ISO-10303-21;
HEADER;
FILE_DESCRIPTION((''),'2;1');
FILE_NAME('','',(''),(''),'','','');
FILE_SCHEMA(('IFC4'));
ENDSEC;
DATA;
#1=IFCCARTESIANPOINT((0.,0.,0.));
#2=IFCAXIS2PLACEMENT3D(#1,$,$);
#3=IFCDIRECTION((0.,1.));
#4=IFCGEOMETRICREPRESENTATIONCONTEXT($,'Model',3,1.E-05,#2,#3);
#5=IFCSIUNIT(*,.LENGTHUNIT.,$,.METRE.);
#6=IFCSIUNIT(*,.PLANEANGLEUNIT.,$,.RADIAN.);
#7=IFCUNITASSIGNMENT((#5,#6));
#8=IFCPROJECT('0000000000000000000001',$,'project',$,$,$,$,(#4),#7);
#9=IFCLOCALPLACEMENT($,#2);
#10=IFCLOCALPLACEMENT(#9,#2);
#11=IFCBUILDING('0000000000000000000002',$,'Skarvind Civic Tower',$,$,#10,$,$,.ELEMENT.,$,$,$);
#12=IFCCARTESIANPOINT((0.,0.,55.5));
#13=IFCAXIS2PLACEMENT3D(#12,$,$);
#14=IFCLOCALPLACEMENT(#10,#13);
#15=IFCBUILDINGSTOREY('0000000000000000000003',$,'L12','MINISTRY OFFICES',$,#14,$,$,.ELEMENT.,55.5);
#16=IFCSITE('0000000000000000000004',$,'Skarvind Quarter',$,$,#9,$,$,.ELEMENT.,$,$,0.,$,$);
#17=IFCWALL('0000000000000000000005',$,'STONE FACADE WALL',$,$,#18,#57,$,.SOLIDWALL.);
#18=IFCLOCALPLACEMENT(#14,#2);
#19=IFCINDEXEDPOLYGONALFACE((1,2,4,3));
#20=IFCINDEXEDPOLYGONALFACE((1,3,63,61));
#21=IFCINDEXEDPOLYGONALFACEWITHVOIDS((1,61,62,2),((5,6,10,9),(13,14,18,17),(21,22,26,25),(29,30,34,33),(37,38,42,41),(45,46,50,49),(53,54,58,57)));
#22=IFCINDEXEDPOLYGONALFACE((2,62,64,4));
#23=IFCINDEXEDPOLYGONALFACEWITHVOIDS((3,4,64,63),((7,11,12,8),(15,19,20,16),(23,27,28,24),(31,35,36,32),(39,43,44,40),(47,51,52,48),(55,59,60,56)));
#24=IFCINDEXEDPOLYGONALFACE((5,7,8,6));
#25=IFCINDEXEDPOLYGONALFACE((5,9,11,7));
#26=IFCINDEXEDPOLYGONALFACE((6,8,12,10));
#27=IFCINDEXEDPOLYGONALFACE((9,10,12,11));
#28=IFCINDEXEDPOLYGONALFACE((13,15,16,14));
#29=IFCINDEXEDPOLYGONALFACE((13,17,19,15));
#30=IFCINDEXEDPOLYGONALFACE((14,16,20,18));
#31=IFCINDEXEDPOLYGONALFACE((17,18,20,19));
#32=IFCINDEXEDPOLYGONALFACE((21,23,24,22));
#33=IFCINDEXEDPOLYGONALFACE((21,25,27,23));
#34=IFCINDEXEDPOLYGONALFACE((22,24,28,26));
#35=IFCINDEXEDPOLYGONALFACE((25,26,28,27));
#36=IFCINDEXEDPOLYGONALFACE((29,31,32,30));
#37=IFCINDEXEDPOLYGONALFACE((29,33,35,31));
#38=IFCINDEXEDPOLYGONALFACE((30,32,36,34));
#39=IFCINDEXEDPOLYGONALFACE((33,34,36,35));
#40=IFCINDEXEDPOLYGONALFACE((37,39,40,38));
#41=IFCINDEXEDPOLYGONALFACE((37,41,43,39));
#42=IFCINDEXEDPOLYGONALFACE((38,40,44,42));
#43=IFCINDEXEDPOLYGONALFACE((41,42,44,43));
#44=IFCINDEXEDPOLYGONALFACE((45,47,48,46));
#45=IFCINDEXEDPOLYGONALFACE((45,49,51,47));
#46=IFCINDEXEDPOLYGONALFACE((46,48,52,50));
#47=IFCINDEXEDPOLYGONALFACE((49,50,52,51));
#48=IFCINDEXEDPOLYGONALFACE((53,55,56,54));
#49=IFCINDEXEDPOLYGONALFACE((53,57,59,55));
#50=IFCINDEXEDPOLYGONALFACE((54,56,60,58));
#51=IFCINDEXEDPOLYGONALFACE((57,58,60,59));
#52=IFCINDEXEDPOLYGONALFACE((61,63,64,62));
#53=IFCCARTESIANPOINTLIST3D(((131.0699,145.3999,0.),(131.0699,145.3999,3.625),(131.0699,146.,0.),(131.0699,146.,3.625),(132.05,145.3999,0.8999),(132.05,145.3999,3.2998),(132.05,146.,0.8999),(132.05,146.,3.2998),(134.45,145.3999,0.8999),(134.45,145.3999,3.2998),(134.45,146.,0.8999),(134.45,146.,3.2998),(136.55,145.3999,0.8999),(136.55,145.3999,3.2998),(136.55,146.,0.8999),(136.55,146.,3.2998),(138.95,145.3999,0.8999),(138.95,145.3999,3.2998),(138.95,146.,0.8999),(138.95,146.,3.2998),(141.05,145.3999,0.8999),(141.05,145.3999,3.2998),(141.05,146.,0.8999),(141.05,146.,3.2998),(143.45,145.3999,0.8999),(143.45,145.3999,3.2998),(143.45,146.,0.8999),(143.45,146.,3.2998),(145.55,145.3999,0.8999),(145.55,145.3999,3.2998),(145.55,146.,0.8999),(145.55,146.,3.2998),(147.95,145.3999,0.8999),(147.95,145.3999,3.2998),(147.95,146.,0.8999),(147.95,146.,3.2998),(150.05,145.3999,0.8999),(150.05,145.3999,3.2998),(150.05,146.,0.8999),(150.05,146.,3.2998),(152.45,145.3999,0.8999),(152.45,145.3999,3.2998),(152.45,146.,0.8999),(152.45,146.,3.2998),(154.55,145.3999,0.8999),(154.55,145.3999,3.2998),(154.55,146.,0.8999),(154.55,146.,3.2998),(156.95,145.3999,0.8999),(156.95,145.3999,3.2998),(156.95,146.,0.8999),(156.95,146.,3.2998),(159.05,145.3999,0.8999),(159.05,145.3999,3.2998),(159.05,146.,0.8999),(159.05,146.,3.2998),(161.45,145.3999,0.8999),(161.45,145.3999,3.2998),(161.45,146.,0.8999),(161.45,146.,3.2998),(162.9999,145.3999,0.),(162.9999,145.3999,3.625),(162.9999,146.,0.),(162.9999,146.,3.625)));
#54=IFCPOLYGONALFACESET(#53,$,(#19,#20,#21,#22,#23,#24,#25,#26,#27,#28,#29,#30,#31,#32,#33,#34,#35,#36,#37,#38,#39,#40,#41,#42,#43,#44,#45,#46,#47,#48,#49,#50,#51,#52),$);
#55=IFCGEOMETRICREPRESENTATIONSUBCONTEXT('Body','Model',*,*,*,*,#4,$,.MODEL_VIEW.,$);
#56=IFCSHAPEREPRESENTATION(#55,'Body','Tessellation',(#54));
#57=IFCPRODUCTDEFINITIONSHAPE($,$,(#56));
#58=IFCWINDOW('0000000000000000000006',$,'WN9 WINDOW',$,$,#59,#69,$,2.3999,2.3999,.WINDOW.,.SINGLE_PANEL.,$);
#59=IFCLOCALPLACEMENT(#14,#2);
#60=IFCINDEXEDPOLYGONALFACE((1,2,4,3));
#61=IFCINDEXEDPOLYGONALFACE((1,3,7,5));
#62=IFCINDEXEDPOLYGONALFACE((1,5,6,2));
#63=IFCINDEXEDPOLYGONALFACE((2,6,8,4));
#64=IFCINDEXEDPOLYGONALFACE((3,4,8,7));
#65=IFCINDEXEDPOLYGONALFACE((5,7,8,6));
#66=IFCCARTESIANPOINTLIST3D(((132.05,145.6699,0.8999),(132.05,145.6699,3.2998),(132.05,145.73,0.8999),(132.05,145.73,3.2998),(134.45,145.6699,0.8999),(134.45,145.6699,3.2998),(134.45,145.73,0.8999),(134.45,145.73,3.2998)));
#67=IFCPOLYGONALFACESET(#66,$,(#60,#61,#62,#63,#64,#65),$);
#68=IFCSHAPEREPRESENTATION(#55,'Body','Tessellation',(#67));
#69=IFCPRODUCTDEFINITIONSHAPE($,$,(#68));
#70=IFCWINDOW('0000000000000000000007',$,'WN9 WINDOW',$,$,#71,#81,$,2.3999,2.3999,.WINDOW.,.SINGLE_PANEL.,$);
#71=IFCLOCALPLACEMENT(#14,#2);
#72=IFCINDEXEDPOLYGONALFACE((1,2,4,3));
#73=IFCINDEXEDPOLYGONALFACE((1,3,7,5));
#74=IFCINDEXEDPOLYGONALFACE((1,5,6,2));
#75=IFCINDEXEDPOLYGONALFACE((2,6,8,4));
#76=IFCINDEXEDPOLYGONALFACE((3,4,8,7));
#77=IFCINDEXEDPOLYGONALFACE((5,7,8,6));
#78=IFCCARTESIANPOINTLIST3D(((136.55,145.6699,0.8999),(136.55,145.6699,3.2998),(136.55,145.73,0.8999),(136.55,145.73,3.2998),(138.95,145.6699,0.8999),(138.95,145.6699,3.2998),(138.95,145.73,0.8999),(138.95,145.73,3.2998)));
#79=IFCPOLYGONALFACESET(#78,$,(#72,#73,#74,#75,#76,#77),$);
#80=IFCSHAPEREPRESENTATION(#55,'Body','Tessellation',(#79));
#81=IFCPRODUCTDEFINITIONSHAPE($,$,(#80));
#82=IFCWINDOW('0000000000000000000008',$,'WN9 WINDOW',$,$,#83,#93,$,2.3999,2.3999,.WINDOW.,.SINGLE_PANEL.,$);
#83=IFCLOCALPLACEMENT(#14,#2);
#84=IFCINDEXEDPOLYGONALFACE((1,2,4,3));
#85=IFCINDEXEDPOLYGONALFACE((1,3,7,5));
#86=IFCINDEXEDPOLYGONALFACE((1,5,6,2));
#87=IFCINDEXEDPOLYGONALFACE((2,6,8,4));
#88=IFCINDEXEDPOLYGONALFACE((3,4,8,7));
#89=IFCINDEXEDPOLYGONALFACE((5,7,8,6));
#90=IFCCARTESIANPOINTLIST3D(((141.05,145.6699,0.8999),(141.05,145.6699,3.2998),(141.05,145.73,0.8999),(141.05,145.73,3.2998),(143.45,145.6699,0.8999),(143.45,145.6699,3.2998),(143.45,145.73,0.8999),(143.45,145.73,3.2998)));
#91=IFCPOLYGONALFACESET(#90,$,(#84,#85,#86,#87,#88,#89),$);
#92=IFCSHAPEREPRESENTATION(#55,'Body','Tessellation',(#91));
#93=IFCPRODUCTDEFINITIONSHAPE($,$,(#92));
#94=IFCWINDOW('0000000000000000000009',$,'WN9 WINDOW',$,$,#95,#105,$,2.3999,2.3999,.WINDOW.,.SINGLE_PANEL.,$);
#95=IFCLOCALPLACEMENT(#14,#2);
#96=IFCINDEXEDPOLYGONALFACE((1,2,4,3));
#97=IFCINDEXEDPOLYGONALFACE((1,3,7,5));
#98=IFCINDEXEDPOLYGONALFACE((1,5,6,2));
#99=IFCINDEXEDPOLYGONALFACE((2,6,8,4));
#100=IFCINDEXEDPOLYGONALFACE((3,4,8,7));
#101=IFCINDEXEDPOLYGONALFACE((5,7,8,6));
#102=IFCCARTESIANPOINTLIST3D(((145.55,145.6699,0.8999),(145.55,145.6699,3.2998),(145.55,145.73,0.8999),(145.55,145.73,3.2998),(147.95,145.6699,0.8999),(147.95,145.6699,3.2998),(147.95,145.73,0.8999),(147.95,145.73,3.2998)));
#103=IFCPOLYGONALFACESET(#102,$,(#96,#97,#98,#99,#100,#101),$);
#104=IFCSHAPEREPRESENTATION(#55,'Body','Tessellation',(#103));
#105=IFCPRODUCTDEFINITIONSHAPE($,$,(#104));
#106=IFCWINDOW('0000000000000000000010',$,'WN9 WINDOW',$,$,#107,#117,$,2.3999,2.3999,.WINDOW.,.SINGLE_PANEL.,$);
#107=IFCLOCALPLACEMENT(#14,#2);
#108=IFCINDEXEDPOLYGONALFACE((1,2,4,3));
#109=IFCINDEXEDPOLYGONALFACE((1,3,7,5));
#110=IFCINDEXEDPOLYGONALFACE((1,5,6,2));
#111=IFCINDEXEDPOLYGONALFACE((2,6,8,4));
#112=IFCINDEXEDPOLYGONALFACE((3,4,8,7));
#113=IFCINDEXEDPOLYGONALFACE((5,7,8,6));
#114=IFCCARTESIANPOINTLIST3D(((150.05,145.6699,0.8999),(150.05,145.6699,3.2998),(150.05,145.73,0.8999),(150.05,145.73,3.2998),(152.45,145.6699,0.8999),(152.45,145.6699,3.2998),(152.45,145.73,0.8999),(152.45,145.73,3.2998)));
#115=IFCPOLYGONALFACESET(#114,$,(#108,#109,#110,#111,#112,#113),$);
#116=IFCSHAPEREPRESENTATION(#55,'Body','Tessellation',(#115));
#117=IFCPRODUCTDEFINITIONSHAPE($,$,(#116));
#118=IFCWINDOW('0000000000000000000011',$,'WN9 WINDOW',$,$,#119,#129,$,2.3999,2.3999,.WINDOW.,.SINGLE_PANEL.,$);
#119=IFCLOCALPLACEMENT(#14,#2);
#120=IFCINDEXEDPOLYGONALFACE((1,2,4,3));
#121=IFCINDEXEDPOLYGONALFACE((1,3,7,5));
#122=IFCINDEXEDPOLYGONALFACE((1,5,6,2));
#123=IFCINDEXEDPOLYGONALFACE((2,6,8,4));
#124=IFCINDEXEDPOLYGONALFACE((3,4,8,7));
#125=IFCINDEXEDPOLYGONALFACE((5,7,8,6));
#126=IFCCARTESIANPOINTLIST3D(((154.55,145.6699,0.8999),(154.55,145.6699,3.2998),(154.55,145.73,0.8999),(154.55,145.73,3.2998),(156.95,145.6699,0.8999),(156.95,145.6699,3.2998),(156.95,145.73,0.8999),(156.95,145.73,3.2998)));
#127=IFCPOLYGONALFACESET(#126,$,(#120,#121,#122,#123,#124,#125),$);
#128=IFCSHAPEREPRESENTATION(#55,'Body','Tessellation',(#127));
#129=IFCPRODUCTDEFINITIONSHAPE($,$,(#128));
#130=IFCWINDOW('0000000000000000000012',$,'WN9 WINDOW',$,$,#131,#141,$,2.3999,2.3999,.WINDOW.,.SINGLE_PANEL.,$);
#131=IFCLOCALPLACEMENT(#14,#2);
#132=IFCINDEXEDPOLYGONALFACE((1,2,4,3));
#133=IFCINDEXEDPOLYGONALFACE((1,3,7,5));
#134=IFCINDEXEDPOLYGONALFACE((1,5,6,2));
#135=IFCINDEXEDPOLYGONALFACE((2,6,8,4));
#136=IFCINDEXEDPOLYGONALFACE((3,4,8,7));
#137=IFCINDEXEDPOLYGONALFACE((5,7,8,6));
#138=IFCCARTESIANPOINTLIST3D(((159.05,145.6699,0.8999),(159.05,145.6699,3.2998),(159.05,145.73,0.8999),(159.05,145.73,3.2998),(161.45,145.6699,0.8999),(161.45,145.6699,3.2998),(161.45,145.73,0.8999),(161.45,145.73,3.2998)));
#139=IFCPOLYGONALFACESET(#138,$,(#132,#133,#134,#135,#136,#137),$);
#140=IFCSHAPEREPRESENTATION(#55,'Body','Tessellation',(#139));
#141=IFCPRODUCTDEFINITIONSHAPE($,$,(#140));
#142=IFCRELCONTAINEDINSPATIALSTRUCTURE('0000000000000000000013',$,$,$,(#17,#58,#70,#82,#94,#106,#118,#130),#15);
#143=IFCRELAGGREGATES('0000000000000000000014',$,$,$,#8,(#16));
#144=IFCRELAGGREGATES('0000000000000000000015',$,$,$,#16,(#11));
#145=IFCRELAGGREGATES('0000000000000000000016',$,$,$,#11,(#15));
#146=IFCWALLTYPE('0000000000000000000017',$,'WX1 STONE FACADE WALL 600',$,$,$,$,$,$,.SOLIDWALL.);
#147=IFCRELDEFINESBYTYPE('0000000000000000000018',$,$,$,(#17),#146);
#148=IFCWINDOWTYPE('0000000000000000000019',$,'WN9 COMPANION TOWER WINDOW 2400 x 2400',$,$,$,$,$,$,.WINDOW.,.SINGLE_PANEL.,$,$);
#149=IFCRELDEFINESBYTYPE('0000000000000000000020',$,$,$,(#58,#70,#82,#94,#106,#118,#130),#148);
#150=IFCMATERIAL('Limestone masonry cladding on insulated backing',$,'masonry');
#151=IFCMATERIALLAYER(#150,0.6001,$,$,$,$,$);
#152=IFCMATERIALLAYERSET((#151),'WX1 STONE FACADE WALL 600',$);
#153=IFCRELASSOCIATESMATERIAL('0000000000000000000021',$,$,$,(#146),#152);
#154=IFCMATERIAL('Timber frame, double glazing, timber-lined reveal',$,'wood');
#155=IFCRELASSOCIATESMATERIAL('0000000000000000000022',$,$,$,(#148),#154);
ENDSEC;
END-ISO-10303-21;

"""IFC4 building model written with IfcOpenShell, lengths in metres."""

from ifc_helpers import new_model, si_unit, direction, frame, frame_2d, origin, place, context, subcontext, project, spatial, rectangle, extrude, material, layer, layer_set, type_object, element, fill, save


model = new_model("IFC4")

# Units and contexts
model_context = context("Model", 3, precision=1e-05, world=origin(), true_north=direction((0.0, 1.0)))
body_context = subcontext(model_context, "Body", "Model", "MODEL_VIEW")
ifc_project = project(units=[si_unit("LENGTHUNIT", "METRE"), si_unit("PLANEANGLEUNIT", "RADIAN")], contexts=[model_context])

# Site, building, storey
site_placement = place(None, origin())
site = spatial("IfcSite", under=ifc_project, at=site_placement, Name="Skarvind Quarter", CompositionType="ELEMENT", RefElevation=0.0)
building_placement = place(site_placement, origin())
building = spatial("IfcBuilding", under=site, at=building_placement, Name="Skarvind Civic Tower", CompositionType="ELEMENT")
storey_placement = place(building_placement, frame((0.0, 0.0, 55.5)))
storey = spatial("IfcBuildingStorey", under=building, at=storey_placement, Name="L12", Description="MINISTRY OFFICES", CompositionType="ELEMENT", Elevation=55.5)

# Wall, openings, windows
ifc_material_1 = material(Name="Limestone masonry cladding on insulated backing", Category="masonry")
ifc_layer_1 = layer(ifc_material_1, 0.6001)
ifc_layer_set_1 = layer_set([ifc_layer_1], Name="WX1 STONE FACADE WALL 600")
wall_type_1 = type_object("IfcWallType", Name="WX1 STONE FACADE WALL 600", PredefinedType="SOLIDWALL", material=ifc_layer_set_1)
wall_1_placement = place(storey_placement, frame((131.0701, 145.7, 0.0), z_axis=(0.0, 0.0, 1.0), x_axis=(1.0, 0.0, 0.0)))
wall_1 = element("IfcWall", 1, at=wall_1_placement, inside=storey, type_object=wall_type_1, Name="STONE FACADE WALL", PredefinedType="SOLIDWALL", context=body_context, shape_type="SweptSolid", body=[
    extrude(rectangle(XDim=31.9299, YDim=0.6001, at=frame_2d((15.9648, 0.0))), origin(), (0.0, 0.0, 1.0), 3.625),
])
opening_1_placement = place(wall_1_placement, frame((0.98, 0.0, 0.8999)))
opening_1 = element("IfcOpeningElement", 2, at=opening_1_placement, cuts=wall_1, PredefinedType="OPENING", context=body_context, shape_type="SweptSolid", body=[
    extrude(rectangle(XDim=2.3999, YDim=2.3999, at=frame_2d((1.2, 1.2))), frame((0.0, 0.3101, 0.0), z_axis=(0.0, -1.0, 0.0), x_axis=(1.0, 0.0, 0.0)), (0.0, 0.0, 1.0), 0.6201),
])
opening_2_placement = place(wall_1_placement, frame((5.48, 0.0, 0.8999)))
opening_2 = element("IfcOpeningElement", 3, at=opening_2_placement, cuts=wall_1, PredefinedType="OPENING", context=body_context, shape_type="SweptSolid", body=[
    extrude(rectangle(XDim=2.3999, YDim=2.3999, at=frame_2d((1.2, 1.2))), frame((0.0, 0.3101, 0.0), z_axis=(0.0, -1.0, 0.0), x_axis=(1.0, 0.0, 0.0)), (0.0, 0.0, 1.0), 0.6201),
])
opening_3_placement = place(wall_1_placement, frame((9.98, 0.0, 0.8999)))
opening_3 = element("IfcOpeningElement", 4, at=opening_3_placement, cuts=wall_1, PredefinedType="OPENING", context=body_context, shape_type="SweptSolid", body=[
    extrude(rectangle(XDim=2.3999, YDim=2.3999, at=frame_2d((1.2, 1.2))), frame((0.0, 0.3101, 0.0), z_axis=(0.0, -1.0, 0.0), x_axis=(1.0, 0.0, 0.0)), (0.0, 0.0, 1.0), 0.6201),
])
opening_4_placement = place(wall_1_placement, frame((14.48, 0.0, 0.8999)))
opening_4 = element("IfcOpeningElement", 5, at=opening_4_placement, cuts=wall_1, PredefinedType="OPENING", context=body_context, shape_type="SweptSolid", body=[
    extrude(rectangle(XDim=2.3999, YDim=2.3999, at=frame_2d((1.2, 1.2))), frame((0.0, 0.3101, 0.0), z_axis=(0.0, -1.0, 0.0), x_axis=(1.0, 0.0, 0.0)), (0.0, 0.0, 1.0), 0.6201),
])
opening_5_placement = place(wall_1_placement, frame((18.98, 0.0, 0.8999)))
opening_5 = element("IfcOpeningElement", 6, at=opening_5_placement, cuts=wall_1, PredefinedType="OPENING", context=body_context, shape_type="SweptSolid", body=[
    extrude(rectangle(XDim=2.3999, YDim=2.3999, at=frame_2d((1.2, 1.2))), frame((0.0, 0.3101, 0.0), z_axis=(0.0, -1.0, 0.0), x_axis=(1.0, 0.0, 0.0)), (0.0, 0.0, 1.0), 0.6201),
])
opening_6_placement = place(wall_1_placement, frame((23.48, 0.0, 0.8999)))
opening_6 = element("IfcOpeningElement", 7, at=opening_6_placement, cuts=wall_1, PredefinedType="OPENING", context=body_context, shape_type="SweptSolid", body=[
    extrude(rectangle(XDim=2.3999, YDim=2.3999, at=frame_2d((1.2, 1.2))), frame((0.0, 0.3101, 0.0), z_axis=(0.0, -1.0, 0.0), x_axis=(1.0, 0.0, 0.0)), (0.0, 0.0, 1.0), 0.6201),
])
opening_7_placement = place(wall_1_placement, frame((27.98, 0.0, 0.8999)))
opening_7 = element("IfcOpeningElement", 8, at=opening_7_placement, cuts=wall_1, PredefinedType="OPENING", context=body_context, shape_type="SweptSolid", body=[
    extrude(rectangle(XDim=2.3999, YDim=2.3999, at=frame_2d((1.2, 1.2))), frame((0.0, 0.3101, 0.0), z_axis=(0.0, -1.0, 0.0), x_axis=(1.0, 0.0, 0.0)), (0.0, 0.0, 1.0), 0.6201),
])
ifc_material_2 = material(Name="Timber frame, double glazing, timber-lined reveal", Category="wood")
window_type = type_object("IfcWindowType", Name="WN9 COMPANION TOWER WINDOW 2400 x 2400", PartitioningType="SINGLE_PANEL", PredefinedType="WINDOW", material=ifc_material_2)
window_1_placement = place(opening_1_placement, origin())
window_1 = element("IfcWindow", 9, at=window_1_placement, inside=storey, type_object=window_type, Name="WN9 WINDOW", OverallHeight=2.3999, OverallWidth=2.3999, PartitioningType="SINGLE_PANEL", PredefinedType="WINDOW", context=body_context, shape_type="SweptSolid", body=[
    extrude(rectangle(XDim=2.3999, YDim=2.3999, at=frame_2d((1.2, 1.2))), frame((0.0, 0.03, 0.0), z_axis=(0.0, -1.0, 0.0), x_axis=(1.0, 0.0, 0.0)), (0.0, 0.0, 1.0), 0.0601),
])
fill(opening_1, window_1)
window_2_placement = place(opening_2_placement, origin())
window_2 = element("IfcWindow", 10, at=window_2_placement, inside=storey, type_object=window_type, Name="WN9 WINDOW", OverallHeight=2.3999, OverallWidth=2.3999, PartitioningType="SINGLE_PANEL", PredefinedType="WINDOW", context=body_context, shape_type="SweptSolid", body=[
    extrude(rectangle(XDim=2.3999, YDim=2.3999, at=frame_2d((1.2, 1.2))), frame((0.0, 0.03, 0.0), z_axis=(0.0, -1.0, 0.0), x_axis=(1.0, 0.0, 0.0)), (0.0, 0.0, 1.0), 0.0601),
])
fill(opening_2, window_2)
window_3_placement = place(opening_3_placement, origin())
window_3 = element("IfcWindow", 11, at=window_3_placement, inside=storey, type_object=window_type, Name="WN9 WINDOW", OverallHeight=2.3999, OverallWidth=2.3999, PartitioningType="SINGLE_PANEL", PredefinedType="WINDOW", context=body_context, shape_type="SweptSolid", body=[
    extrude(rectangle(XDim=2.3999, YDim=2.3999, at=frame_2d((1.2, 1.2))), frame((0.0, 0.03, 0.0), z_axis=(0.0, -1.0, 0.0), x_axis=(1.0, 0.0, 0.0)), (0.0, 0.0, 1.0), 0.0601),
])
fill(opening_3, window_3)
window_4_placement = place(opening_4_placement, origin())
window_4 = element("IfcWindow", 12, at=window_4_placement, inside=storey, type_object=window_type, Name="WN9 WINDOW", OverallHeight=2.3999, OverallWidth=2.3999, PartitioningType="SINGLE_PANEL", PredefinedType="WINDOW", context=body_context, shape_type="SweptSolid", body=[
    extrude(rectangle(XDim=2.3999, YDim=2.3999, at=frame_2d((1.2, 1.2))), frame((0.0, 0.03, 0.0), z_axis=(0.0, -1.0, 0.0), x_axis=(1.0, 0.0, 0.0)), (0.0, 0.0, 1.0), 0.0601),
])
fill(opening_4, window_4)
window_5_placement = place(opening_5_placement, origin())
window_5 = element("IfcWindow", 13, at=window_5_placement, inside=storey, type_object=window_type, Name="WN9 WINDOW", OverallHeight=2.3999, OverallWidth=2.3999, PartitioningType="SINGLE_PANEL", PredefinedType="WINDOW", context=body_context, shape_type="SweptSolid", body=[
    extrude(rectangle(XDim=2.3999, YDim=2.3999, at=frame_2d((1.2, 1.2))), frame((0.0, 0.03, 0.0), z_axis=(0.0, -1.0, 0.0), x_axis=(1.0, 0.0, 0.0)), (0.0, 0.0, 1.0), 0.0601),
])
fill(opening_5, window_5)
window_6_placement = place(opening_6_placement, origin())
window_6 = element("IfcWindow", 14, at=window_6_placement, inside=storey, type_object=window_type, Name="WN9 WINDOW", OverallHeight=2.3999, OverallWidth=2.3999, PartitioningType="SINGLE_PANEL", PredefinedType="WINDOW", context=body_context, shape_type="SweptSolid", body=[
    extrude(rectangle(XDim=2.3999, YDim=2.3999, at=frame_2d((1.2, 1.2))), frame((0.0, 0.03, 0.0), z_axis=(0.0, -1.0, 0.0), x_axis=(1.0, 0.0, 0.0)), (0.0, 0.0, 1.0), 0.0601),
])
fill(opening_6, window_6)
window_7_placement = place(opening_7_placement, origin())
window_7 = element("IfcWindow", 15, at=window_7_placement, inside=storey, type_object=window_type, Name="WN9 WINDOW", OverallHeight=2.3999, OverallWidth=2.3999, PartitioningType="SINGLE_PANEL", PredefinedType="WINDOW", context=body_context, shape_type="SweptSolid", body=[
    extrude(rectangle(XDim=2.3999, YDim=2.3999, at=frame_2d((1.2, 1.2))), frame((0.0, 0.03, 0.0), z_axis=(0.0, -1.0, 0.0), x_axis=(1.0, 0.0, 0.0)), (0.0, 0.0, 1.0), 0.0601),
])
fill(opening_7, window_7)

save(model, "model.ifc")
